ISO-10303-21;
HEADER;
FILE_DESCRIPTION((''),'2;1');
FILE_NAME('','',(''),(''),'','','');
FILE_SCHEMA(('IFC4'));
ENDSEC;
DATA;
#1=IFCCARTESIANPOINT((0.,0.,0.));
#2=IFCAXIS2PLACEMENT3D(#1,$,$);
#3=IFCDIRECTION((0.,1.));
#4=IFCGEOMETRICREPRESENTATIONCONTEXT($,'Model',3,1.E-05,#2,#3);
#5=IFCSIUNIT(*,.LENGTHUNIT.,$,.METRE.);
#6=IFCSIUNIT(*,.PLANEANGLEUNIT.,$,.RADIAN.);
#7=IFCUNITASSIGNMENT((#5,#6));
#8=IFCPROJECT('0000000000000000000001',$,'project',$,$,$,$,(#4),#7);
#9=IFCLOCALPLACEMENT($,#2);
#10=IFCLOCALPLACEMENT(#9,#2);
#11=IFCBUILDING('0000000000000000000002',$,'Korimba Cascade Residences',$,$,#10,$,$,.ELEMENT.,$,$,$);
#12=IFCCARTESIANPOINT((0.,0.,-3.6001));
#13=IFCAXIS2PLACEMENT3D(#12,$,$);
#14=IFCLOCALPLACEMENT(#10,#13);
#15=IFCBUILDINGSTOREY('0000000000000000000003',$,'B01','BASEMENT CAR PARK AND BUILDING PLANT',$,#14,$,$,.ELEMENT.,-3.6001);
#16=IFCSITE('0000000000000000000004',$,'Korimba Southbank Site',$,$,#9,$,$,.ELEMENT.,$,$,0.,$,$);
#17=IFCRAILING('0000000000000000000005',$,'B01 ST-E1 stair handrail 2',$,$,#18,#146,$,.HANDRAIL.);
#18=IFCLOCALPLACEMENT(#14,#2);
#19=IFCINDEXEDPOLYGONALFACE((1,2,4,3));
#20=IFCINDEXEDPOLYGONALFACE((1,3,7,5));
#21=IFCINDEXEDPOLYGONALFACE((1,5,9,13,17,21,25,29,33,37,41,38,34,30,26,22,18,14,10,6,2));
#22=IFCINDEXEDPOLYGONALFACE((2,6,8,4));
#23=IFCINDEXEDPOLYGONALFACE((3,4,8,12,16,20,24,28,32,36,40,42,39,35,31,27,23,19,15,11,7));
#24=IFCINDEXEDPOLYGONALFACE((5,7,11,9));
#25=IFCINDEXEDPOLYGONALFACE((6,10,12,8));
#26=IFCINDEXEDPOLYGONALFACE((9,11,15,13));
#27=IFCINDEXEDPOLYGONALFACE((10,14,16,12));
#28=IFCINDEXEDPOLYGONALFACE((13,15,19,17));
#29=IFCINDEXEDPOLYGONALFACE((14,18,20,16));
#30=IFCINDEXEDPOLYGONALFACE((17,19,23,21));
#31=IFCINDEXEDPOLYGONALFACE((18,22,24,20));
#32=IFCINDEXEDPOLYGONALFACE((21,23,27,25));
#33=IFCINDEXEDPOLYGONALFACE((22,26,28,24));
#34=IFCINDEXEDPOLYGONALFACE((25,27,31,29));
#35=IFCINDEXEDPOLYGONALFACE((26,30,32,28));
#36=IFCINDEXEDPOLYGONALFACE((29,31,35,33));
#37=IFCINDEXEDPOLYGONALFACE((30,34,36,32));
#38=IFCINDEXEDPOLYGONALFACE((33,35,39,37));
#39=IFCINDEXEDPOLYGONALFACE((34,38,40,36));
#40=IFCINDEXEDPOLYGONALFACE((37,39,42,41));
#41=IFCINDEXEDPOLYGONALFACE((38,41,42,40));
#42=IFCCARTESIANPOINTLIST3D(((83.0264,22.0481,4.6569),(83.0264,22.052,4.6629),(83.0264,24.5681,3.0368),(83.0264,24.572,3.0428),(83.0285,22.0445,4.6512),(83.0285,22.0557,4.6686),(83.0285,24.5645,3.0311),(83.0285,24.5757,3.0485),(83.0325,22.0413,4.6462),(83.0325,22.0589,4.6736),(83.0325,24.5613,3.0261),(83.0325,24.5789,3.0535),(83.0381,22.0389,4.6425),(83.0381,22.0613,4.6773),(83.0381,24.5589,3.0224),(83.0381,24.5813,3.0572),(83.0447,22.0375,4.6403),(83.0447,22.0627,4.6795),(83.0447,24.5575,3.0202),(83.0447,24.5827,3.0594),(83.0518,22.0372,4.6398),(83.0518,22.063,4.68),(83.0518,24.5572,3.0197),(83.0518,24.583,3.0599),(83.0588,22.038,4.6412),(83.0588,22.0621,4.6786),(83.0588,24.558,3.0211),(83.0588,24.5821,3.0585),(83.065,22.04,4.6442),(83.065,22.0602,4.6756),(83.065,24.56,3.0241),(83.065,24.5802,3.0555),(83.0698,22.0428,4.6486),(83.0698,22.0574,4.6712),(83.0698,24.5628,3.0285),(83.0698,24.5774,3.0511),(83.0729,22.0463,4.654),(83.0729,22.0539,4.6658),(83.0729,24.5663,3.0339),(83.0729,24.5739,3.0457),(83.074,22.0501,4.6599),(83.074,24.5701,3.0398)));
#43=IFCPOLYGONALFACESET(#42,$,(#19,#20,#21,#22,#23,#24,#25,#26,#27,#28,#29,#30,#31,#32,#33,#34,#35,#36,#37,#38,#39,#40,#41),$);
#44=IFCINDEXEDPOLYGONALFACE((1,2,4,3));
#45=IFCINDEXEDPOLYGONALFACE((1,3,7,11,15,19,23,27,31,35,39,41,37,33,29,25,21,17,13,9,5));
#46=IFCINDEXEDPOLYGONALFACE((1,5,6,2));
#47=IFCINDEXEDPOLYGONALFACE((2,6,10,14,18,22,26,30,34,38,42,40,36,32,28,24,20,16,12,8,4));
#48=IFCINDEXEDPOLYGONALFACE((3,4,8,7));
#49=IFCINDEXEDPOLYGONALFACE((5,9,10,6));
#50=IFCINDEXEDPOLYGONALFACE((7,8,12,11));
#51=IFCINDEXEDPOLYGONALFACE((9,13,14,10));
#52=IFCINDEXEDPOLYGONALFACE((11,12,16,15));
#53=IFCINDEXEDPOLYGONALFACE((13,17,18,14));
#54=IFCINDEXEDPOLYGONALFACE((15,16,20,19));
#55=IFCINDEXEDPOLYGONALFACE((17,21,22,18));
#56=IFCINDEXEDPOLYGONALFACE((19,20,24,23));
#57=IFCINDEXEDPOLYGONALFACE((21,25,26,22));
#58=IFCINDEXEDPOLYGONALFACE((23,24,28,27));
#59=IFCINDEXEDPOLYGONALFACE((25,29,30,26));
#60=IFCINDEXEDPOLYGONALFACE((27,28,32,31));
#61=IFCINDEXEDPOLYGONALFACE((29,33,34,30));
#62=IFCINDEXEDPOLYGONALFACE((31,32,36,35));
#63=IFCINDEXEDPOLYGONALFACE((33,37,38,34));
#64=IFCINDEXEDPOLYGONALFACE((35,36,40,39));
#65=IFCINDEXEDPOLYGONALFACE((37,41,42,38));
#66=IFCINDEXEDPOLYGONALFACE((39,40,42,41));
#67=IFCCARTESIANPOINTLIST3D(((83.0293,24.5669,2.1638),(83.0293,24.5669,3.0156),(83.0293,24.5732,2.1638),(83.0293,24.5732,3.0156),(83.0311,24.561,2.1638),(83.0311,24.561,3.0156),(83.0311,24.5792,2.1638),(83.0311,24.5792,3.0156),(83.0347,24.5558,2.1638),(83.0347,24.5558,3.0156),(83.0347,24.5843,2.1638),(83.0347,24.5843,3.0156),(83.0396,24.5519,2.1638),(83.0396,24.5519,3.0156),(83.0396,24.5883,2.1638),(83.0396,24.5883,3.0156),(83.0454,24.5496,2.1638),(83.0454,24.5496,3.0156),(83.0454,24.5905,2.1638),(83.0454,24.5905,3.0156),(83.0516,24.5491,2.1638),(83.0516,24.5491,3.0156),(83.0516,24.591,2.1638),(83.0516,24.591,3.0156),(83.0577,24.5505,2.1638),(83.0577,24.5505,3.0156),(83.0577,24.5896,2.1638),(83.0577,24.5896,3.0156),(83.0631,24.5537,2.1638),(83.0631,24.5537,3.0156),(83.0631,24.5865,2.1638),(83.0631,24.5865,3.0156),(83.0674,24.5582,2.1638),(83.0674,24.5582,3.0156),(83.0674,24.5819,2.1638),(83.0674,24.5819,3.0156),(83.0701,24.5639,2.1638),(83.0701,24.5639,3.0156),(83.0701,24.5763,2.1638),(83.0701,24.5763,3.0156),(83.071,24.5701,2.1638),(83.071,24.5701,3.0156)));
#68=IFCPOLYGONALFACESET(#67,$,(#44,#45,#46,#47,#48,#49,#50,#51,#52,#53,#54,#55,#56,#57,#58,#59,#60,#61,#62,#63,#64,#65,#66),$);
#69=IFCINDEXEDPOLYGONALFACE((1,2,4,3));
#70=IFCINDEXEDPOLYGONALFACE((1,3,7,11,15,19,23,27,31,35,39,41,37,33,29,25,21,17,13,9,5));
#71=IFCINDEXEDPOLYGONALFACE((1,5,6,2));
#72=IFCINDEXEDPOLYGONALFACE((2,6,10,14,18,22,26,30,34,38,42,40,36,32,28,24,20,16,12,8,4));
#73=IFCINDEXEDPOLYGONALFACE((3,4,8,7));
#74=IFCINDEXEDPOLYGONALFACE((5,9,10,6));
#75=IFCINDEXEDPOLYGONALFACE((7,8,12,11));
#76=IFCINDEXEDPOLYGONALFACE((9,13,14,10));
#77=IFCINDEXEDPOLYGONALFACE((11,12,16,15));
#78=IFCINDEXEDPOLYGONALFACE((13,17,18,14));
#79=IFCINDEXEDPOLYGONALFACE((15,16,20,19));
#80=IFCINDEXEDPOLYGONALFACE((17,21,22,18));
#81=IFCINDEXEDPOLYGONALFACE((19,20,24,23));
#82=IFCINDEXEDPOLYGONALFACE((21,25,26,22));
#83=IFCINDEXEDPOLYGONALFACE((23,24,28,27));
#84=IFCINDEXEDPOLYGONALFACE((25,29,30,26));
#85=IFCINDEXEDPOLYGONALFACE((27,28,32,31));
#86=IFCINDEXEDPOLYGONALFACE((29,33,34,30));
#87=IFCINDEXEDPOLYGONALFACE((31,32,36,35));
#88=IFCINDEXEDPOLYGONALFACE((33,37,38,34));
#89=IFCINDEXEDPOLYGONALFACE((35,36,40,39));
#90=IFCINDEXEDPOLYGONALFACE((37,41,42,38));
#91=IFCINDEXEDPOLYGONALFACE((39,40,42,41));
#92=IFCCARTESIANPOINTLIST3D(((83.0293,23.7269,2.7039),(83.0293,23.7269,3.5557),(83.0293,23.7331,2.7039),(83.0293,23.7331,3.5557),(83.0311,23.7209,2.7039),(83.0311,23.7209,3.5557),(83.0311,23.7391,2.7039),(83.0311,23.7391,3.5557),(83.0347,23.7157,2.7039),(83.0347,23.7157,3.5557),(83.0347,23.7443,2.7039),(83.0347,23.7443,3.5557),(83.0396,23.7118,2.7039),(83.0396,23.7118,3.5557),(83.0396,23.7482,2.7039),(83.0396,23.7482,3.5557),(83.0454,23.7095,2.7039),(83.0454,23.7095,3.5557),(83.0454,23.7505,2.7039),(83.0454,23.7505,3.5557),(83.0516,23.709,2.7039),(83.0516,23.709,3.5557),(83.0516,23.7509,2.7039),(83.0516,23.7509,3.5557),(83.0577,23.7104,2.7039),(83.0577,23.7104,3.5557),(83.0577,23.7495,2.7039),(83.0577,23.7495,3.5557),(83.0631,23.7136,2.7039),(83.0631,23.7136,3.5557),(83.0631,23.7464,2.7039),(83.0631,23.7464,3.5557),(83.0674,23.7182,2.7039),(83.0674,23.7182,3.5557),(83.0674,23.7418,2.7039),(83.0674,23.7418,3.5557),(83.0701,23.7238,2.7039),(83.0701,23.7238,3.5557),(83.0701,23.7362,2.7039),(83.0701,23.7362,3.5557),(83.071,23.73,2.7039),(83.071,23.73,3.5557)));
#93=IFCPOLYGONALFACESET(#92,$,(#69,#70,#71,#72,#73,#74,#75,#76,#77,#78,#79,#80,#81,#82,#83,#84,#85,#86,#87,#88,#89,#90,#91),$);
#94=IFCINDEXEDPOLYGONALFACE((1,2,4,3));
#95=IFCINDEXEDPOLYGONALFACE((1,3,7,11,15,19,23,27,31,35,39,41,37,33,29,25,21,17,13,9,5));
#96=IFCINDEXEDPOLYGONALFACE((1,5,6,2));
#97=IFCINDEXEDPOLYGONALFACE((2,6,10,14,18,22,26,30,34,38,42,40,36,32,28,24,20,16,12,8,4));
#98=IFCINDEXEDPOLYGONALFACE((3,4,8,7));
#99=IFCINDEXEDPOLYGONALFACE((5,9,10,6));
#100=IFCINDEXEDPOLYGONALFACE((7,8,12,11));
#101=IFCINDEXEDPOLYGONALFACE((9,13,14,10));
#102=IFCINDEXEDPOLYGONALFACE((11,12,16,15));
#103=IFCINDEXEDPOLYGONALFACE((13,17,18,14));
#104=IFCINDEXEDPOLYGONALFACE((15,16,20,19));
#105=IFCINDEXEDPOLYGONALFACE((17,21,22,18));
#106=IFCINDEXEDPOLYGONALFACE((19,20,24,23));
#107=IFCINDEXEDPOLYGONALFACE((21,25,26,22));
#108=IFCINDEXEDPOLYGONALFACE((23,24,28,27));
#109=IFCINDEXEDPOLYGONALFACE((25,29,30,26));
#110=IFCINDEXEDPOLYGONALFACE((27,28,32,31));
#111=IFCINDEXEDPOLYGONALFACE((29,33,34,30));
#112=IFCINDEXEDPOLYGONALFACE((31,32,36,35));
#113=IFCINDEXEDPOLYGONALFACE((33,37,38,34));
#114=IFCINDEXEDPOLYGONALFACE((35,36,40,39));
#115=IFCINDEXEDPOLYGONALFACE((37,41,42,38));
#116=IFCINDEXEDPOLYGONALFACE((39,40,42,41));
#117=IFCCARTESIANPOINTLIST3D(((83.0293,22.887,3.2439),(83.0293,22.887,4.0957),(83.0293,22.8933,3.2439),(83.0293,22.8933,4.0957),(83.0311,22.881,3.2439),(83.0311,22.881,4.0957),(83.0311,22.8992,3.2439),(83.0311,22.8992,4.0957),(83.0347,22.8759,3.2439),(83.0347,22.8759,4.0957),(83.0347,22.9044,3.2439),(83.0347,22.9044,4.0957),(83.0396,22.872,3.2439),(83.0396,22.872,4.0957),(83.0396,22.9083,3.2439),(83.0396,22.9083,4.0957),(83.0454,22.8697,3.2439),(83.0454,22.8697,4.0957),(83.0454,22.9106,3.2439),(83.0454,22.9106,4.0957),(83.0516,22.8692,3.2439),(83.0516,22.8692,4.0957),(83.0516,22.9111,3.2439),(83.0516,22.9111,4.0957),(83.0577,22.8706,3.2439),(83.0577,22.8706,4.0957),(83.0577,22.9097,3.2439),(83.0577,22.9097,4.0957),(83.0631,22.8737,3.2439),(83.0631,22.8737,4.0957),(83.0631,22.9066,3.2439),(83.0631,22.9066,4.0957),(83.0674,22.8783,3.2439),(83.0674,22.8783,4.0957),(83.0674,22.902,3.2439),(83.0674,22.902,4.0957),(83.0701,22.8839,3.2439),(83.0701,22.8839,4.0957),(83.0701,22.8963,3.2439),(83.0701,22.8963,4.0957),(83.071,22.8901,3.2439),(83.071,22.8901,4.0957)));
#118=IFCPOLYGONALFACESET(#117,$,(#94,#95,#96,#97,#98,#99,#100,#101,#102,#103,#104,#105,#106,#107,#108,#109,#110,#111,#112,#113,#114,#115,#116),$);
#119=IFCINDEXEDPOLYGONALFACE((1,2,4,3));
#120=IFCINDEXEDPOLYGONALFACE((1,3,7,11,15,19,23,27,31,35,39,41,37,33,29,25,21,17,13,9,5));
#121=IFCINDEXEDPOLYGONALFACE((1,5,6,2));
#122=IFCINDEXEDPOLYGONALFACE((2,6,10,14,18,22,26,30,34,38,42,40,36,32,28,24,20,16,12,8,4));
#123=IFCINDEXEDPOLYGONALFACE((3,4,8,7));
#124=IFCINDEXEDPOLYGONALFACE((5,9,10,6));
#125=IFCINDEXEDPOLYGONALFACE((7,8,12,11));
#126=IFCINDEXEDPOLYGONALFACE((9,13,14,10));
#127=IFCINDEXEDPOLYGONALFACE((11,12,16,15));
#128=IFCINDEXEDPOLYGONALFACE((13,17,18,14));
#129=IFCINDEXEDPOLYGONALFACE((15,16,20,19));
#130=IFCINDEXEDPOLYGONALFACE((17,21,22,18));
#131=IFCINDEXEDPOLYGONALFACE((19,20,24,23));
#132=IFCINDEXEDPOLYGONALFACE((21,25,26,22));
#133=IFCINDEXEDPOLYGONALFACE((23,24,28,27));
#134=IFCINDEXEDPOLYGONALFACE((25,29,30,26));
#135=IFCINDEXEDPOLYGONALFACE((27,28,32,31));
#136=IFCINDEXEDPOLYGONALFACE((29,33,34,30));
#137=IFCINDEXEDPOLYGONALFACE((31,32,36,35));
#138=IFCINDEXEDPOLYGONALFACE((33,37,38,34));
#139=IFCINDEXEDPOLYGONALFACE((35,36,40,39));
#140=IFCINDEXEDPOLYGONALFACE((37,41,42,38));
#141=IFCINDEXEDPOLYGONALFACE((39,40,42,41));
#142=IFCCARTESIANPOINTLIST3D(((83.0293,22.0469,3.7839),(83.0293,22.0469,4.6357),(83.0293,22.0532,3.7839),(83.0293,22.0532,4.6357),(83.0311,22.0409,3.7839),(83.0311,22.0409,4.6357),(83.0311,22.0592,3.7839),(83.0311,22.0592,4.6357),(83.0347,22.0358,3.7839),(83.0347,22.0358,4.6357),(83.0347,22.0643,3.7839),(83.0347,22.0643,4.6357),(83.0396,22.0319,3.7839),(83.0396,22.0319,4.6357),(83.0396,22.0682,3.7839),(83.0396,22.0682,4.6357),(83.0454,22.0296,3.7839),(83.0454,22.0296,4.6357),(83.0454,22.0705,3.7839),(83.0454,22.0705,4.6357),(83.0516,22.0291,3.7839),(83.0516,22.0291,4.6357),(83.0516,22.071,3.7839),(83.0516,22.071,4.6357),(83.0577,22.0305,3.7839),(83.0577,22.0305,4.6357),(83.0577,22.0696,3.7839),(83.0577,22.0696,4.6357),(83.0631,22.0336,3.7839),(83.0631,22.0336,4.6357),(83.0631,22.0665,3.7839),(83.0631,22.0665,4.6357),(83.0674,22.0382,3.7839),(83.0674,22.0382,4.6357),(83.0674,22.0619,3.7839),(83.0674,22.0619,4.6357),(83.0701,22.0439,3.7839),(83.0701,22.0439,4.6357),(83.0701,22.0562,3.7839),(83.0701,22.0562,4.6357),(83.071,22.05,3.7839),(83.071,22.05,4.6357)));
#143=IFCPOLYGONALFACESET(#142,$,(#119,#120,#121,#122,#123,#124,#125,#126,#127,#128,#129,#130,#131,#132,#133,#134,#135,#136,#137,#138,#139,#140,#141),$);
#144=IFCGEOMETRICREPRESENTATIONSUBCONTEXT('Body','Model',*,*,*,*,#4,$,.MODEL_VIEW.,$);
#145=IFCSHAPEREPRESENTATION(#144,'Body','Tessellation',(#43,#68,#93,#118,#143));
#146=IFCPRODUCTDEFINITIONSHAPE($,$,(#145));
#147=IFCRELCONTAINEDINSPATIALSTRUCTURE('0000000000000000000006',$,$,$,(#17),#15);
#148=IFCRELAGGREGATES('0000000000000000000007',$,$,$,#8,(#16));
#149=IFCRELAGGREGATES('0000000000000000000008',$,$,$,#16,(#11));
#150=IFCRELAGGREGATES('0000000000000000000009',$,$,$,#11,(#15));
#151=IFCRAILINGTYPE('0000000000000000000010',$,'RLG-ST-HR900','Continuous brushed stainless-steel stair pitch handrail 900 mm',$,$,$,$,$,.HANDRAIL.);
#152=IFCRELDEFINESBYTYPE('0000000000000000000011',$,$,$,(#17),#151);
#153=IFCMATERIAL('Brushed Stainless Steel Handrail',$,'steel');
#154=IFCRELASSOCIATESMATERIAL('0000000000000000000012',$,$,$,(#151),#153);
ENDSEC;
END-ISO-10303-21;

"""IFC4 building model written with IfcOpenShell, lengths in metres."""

from ifc_helpers import new_model, si_unit, direction, frame, origin, origin_2d, place, context, subcontext, project, spatial, circle, extrude, material, type_object, element, save


model = new_model("IFC4")

# Units and contexts
model_context = context("Model", 3, precision=1e-05, world=origin(), true_north=direction((0.0, 1.0)))
body_context = subcontext(model_context, "Body", "Model", "MODEL_VIEW")
ifc_project = project(units=[si_unit("LENGTHUNIT", "METRE"), si_unit("PLANEANGLEUNIT", "RADIAN")], contexts=[model_context])

# Site, building, storey
site_placement = place(None, origin())
site = spatial("IfcSite", under=ifc_project, at=site_placement, Name="Korimba Southbank Site", CompositionType="ELEMENT", RefElevation=0.0)
building_placement = place(site_placement, origin())
building = spatial("IfcBuilding", under=site, at=building_placement, Name="Korimba Cascade Residences", CompositionType="ELEMENT")
storey_placement = place(building_placement, frame((0.0, 0.0, -3.6001)))
storey = spatial("IfcBuildingStorey", under=building, at=storey_placement, Name="B01", Description="BASEMENT CAR PARK AND BUILDING PLANT", CompositionType="ELEMENT", Elevation=-3.6001)

# Railing
ifc_material_1 = material(Name="Brushed Stainless Steel Handrail", Category="steel")
railing_type_1 = type_object("IfcRailingType", Name="RLG-ST-HR900", Description="Continuous brushed stainless-steel stair pitch handrail 900 mm", PredefinedType="HANDRAIL", material=ifc_material_1)
railing_1_placement = place(storey_placement, frame((83.05, 24.5701, 2.1638)))
element("IfcRailing", 1, at=railing_1_placement, inside=storey, type_object=railing_type_1, Name="B01 ST-E1 stair handrail 2", PredefinedType="HANDRAIL", context=body_context, shape_type="SweptSolid", body=[
    extrude(circle(Radius=0.0239, at=origin_2d()), frame((0.0, 0.0, 0.876), z_axis=(0.0, -0.841163, 0.540782), x_axis=(1.0, 0.0, 0.0)), (0.0, 0.0, 1.0), 2.9958),
    extrude(circle(Radius=0.021, at=origin_2d()), origin(), (0.0, 0.0, 1.0), 0.8518),
    extrude(circle(Radius=0.021, at=origin_2d()), frame((0.0, -0.8401, 0.54)), (0.0, 0.0, 1.0), 0.8518),
    extrude(circle(Radius=0.021, at=origin_2d()), frame((0.0, -1.6799, 1.0801)), (0.0, 0.0, 1.0), 0.8518),
    extrude(circle(Radius=0.021, at=origin_2d()), frame((0.0, -2.52, 1.6201)), (0.0, 0.0, 1.0), 0.8518),
])

save(model, "model.ifc")
